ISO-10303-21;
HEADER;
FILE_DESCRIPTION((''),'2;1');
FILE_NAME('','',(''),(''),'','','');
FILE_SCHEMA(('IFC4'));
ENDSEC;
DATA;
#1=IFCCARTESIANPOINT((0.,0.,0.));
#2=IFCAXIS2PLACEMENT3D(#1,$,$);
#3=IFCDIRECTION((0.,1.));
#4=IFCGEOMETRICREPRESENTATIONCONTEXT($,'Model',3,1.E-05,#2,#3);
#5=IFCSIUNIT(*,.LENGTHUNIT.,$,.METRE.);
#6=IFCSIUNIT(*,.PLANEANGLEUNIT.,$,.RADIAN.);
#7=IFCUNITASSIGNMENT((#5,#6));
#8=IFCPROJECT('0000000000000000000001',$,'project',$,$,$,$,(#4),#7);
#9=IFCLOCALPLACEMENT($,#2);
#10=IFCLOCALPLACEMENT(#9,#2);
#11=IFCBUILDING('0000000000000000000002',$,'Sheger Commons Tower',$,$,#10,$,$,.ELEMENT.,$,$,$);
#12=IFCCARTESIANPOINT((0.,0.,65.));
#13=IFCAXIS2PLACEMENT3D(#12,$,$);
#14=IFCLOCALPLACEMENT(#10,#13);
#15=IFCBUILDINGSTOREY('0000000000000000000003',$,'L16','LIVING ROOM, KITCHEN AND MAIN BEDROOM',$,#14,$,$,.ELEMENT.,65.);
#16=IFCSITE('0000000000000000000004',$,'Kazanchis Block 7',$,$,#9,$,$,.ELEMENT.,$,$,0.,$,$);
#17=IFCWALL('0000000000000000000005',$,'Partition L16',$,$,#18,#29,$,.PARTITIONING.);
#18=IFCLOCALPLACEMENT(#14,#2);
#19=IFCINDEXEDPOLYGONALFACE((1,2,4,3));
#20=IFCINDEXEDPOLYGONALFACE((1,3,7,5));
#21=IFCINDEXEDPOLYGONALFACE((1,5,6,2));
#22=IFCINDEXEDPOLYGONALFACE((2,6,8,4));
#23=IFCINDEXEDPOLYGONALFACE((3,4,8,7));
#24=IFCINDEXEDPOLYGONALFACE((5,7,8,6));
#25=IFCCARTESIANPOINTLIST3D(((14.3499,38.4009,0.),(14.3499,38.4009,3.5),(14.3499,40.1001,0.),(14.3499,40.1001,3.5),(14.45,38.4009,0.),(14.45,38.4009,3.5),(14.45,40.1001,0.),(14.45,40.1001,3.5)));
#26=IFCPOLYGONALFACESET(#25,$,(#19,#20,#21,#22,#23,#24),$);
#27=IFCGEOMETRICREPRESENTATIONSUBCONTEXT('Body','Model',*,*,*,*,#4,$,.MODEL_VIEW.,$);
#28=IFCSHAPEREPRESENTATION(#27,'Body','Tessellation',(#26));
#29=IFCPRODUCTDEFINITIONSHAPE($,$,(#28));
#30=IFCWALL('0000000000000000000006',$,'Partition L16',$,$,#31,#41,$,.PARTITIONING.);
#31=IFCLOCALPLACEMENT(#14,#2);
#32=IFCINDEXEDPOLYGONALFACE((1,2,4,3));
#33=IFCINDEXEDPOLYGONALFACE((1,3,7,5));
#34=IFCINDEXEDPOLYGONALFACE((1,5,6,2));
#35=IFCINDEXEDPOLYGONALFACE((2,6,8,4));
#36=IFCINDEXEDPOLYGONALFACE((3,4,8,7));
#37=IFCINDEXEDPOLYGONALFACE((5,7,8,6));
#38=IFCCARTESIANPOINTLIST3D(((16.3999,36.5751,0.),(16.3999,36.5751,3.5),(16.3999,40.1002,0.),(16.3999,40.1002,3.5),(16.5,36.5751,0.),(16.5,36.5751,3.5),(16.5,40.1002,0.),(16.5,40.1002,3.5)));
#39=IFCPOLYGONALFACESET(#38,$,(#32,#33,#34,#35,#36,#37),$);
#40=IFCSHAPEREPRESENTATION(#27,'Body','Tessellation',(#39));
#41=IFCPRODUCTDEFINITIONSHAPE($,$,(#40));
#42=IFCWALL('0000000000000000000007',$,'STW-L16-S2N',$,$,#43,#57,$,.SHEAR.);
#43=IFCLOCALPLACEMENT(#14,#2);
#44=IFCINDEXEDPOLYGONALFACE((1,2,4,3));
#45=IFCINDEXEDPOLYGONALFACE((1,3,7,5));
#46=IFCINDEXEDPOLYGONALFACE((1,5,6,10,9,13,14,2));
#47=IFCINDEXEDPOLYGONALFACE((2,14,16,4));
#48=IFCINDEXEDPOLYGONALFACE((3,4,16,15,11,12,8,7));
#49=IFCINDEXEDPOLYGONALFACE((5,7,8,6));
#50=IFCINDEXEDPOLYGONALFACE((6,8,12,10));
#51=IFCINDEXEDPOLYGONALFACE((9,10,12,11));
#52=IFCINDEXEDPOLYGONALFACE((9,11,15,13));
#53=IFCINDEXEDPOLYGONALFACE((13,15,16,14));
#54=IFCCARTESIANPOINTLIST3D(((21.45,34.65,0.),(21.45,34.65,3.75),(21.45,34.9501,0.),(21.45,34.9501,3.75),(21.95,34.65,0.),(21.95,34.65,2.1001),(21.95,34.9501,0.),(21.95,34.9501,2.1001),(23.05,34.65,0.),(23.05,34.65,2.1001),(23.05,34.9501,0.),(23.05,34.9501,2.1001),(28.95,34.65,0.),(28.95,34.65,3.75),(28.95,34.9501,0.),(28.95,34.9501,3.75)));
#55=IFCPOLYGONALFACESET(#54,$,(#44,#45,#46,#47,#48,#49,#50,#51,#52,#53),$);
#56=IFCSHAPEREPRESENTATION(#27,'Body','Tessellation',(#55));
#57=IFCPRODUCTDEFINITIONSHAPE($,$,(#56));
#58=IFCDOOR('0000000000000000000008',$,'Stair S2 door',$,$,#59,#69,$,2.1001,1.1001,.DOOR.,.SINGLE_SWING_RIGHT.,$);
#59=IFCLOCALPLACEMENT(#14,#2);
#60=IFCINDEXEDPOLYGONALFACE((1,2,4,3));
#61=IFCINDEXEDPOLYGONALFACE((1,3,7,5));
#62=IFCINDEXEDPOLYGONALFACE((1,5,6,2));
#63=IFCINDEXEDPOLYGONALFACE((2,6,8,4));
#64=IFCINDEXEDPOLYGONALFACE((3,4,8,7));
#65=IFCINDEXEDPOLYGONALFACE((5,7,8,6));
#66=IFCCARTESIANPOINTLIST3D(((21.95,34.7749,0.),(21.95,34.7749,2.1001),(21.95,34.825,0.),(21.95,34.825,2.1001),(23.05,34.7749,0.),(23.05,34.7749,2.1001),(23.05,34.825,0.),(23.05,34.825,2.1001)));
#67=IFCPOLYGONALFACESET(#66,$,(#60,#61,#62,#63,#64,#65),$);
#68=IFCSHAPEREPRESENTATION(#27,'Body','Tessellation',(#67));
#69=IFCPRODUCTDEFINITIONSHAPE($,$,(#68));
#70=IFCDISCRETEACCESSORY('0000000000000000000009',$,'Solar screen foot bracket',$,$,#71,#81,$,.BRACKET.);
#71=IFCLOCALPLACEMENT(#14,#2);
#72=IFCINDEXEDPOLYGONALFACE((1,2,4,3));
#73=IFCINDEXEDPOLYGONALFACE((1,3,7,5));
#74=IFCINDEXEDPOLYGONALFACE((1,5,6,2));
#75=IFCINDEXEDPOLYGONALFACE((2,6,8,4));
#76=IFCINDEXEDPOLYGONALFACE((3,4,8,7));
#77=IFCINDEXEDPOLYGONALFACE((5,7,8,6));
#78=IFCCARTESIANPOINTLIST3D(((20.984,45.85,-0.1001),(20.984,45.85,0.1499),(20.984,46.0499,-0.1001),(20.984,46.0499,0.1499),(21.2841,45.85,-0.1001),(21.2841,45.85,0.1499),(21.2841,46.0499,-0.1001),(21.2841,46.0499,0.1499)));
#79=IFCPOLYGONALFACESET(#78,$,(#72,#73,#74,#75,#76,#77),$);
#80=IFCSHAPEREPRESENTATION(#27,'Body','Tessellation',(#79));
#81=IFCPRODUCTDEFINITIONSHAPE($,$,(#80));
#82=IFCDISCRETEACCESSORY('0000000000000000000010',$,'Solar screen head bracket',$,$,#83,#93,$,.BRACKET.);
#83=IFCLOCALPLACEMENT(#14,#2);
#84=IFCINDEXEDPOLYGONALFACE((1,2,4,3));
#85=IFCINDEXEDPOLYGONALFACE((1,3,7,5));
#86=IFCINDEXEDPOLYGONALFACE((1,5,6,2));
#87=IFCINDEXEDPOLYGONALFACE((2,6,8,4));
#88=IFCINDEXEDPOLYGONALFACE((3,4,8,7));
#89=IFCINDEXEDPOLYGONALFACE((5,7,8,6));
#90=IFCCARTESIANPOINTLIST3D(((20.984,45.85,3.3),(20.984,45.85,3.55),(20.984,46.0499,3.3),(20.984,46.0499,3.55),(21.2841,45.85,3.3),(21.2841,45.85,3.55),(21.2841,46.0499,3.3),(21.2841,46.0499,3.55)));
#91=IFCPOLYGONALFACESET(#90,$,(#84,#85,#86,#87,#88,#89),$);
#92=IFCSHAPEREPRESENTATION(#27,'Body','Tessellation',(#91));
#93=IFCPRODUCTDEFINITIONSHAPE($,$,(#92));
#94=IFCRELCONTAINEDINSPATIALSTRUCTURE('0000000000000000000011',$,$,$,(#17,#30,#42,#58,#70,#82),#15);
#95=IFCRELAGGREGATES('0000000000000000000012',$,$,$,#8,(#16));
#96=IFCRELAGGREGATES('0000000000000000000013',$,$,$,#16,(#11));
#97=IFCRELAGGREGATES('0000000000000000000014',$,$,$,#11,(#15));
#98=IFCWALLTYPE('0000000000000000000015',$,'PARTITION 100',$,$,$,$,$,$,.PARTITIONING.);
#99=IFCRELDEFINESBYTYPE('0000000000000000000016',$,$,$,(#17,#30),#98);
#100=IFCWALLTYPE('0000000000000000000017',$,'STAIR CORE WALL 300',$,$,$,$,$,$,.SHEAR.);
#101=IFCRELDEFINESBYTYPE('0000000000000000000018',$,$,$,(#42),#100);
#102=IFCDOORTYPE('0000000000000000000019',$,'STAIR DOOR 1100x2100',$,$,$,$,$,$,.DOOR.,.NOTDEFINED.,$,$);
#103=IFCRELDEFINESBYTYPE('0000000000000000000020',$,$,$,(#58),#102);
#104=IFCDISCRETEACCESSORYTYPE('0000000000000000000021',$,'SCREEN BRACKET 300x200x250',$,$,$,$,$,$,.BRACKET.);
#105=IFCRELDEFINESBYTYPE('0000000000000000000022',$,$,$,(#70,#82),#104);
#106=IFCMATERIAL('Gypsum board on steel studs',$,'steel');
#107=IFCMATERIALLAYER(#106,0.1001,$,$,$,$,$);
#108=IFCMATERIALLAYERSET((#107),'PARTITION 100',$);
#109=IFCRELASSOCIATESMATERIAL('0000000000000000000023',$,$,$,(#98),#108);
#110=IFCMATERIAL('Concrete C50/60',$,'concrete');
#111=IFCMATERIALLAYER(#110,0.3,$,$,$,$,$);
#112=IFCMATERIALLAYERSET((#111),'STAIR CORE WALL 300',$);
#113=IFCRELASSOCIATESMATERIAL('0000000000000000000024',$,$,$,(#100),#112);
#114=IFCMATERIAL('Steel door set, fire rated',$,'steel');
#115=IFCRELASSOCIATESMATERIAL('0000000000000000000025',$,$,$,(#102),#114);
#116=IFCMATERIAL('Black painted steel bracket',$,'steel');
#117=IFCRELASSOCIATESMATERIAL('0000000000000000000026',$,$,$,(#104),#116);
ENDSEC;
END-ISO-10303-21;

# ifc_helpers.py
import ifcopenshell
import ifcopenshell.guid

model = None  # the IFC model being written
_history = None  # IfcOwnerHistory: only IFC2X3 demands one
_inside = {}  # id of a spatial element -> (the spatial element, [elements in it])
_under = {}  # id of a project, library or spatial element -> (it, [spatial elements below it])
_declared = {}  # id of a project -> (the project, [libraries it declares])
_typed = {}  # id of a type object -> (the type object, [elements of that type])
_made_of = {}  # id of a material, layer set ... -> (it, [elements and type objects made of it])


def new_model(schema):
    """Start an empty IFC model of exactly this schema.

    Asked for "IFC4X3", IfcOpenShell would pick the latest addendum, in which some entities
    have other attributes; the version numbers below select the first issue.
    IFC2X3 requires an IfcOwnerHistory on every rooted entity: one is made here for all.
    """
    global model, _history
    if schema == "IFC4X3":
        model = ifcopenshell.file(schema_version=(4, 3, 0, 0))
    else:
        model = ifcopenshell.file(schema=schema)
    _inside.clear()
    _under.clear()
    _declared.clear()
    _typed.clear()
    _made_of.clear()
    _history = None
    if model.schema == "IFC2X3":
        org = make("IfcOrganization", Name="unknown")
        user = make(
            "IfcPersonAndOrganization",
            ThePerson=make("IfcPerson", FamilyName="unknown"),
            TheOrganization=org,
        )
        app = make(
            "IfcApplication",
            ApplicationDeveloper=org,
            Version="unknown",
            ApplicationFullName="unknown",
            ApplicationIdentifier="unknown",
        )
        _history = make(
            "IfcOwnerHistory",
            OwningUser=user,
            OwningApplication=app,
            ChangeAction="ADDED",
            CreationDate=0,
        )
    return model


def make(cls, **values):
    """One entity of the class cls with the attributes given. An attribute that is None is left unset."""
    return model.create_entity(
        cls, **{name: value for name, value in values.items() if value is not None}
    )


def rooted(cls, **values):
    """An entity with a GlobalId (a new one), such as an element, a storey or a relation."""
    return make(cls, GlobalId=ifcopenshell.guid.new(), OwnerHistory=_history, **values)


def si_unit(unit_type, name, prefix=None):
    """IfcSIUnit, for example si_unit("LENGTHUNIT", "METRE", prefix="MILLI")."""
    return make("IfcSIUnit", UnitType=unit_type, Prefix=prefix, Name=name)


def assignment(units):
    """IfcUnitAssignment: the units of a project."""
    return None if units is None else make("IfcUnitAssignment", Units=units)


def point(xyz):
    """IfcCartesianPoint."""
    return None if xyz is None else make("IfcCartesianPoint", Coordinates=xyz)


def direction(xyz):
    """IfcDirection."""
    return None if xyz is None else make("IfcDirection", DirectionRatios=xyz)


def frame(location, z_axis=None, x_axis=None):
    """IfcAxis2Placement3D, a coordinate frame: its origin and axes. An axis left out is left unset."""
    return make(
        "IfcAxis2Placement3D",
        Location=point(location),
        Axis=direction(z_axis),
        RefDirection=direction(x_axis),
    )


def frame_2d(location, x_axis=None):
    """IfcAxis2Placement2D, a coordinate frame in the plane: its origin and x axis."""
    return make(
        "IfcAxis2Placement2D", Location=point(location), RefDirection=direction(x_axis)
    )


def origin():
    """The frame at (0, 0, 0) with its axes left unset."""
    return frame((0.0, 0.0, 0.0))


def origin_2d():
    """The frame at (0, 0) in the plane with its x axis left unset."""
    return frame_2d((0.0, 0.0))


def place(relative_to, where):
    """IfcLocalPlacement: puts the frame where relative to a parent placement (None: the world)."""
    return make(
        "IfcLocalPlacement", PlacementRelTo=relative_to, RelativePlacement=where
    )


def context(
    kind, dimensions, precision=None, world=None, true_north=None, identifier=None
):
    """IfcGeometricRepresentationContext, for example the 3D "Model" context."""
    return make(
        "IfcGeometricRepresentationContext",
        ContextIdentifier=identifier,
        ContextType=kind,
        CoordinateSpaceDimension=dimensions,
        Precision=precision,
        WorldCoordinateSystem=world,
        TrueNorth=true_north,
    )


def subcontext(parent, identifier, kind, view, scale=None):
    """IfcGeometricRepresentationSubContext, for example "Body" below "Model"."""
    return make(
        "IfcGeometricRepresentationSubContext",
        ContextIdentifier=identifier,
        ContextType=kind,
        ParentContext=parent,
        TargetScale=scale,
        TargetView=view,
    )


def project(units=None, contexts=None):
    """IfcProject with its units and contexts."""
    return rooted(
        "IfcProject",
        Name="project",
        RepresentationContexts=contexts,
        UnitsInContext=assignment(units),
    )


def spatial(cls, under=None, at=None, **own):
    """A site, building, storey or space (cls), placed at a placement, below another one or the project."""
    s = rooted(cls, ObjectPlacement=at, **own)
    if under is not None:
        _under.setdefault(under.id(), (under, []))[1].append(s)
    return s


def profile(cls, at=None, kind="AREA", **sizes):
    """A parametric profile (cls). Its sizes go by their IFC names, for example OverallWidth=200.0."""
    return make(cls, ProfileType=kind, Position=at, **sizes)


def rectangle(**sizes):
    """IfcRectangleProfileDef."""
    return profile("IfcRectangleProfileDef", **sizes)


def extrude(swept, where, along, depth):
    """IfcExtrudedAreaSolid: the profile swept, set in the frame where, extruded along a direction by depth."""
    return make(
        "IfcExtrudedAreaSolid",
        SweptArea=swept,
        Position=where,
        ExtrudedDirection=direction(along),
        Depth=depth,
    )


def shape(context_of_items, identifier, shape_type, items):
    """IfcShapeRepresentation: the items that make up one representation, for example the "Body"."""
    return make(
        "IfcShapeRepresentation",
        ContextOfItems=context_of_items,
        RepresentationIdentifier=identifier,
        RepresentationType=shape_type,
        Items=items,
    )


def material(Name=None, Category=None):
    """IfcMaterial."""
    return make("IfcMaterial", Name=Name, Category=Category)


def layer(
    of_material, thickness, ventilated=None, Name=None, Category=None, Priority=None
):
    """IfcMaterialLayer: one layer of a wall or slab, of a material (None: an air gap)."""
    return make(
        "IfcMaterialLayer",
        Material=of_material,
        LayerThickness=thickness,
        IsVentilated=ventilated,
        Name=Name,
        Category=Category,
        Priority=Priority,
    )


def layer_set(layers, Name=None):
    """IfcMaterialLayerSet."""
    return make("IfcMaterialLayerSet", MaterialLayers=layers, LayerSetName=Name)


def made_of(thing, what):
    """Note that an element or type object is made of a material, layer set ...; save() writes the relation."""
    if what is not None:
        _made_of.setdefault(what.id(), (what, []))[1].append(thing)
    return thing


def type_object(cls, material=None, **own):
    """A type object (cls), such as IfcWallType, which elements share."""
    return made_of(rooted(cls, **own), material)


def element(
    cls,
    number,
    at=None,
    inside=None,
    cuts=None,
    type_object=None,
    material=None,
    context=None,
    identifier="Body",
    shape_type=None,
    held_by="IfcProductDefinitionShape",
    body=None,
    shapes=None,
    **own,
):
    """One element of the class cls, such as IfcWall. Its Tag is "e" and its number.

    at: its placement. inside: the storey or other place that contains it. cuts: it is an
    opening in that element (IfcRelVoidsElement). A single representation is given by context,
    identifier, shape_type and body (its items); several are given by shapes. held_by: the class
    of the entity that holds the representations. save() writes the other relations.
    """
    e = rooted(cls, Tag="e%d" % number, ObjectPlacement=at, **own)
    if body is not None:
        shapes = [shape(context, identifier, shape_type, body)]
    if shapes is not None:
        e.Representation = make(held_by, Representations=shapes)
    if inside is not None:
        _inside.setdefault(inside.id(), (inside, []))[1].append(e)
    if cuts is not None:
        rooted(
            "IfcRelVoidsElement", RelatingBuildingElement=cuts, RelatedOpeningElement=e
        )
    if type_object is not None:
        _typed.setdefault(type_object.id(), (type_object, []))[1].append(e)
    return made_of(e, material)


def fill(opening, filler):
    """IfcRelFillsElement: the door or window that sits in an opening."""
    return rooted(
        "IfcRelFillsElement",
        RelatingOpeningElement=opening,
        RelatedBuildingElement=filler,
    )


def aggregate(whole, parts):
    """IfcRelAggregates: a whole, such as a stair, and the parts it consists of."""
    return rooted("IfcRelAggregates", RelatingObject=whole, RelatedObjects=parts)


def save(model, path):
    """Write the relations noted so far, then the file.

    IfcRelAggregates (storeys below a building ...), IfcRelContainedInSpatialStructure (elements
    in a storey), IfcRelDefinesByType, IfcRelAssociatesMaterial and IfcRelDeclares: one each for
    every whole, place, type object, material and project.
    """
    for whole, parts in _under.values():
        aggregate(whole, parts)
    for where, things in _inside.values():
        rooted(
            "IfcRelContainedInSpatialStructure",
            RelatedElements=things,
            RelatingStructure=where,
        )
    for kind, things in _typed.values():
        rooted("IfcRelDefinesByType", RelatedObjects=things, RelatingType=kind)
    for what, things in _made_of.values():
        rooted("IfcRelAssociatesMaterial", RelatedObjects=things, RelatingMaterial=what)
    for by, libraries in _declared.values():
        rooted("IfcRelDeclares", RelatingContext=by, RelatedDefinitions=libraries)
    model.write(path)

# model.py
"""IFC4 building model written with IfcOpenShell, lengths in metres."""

from ifc_helpers import new_model, si_unit, direction, frame, frame_2d, origin, origin_2d, place, context, subcontext, project, spatial, rectangle, extrude, material, layer, layer_set, type_object, element, fill, save


model = new_model("IFC4")

# Units and contexts
model_context = context("Model", 3, precision=1e-05, world=origin(), true_north=direction((0.0, 1.0)))
body_context = subcontext(model_context, "Body", "Model", "MODEL_VIEW")
ifc_project = project(units=[si_unit("LENGTHUNIT", "METRE"), si_unit("PLANEANGLEUNIT", "RADIAN")], contexts=[model_context])

# Site, building, storey
site_placement = place(None, origin())
site = spatial("IfcSite", under=ifc_project, at=site_placement, Name="Kazanchis Block 7", CompositionType="ELEMENT", RefElevation=0.0)
building_placement = place(site_placement, origin())
building = spatial("IfcBuilding", under=site, at=building_placement, Name="Sheger Commons Tower", CompositionType="ELEMENT")
storey_placement = place(building_placement, frame((0.0, 0.0, 65.0)))
storey = spatial("IfcBuildingStorey", under=building, at=storey_placement, Name="L16", Description="LIVING ROOM, KITCHEN AND MAIN BEDROOM", CompositionType="ELEMENT", Elevation=65.0)

# Shared definitions
ifc_material_1 = material(Name="Gypsum board on steel studs", Category="steel")
ifc_layer_1 = layer(ifc_material_1, 0.1001)
ifc_layer_set_1 = layer_set([ifc_layer_1], Name="PARTITION 100")
wall_type_1 = type_object("IfcWallType", Name="PARTITION 100", PredefinedType="PARTITIONING", material=ifc_layer_set_1)

# Walls
wall_1_placement = place(storey_placement, frame((14.3999, 38.4009, 0.0), z_axis=(0.0, 0.0, 1.0), x_axis=(0.0, 1.0, 0.0)))
element("IfcWall", 1, at=wall_1_placement, inside=storey, type_object=wall_type_1, Name="Partition L16", PredefinedType="PARTITIONING", context=body_context, shape_type="SweptSolid", body=[
    extrude(rectangle(XDim=1.6992, YDim=0.1001, at=frame_2d((0.8496, 0.0))), origin(), (0.0, 0.0, 1.0), 3.5),
])
wall_2_placement = place(storey_placement, frame((16.45, 36.575, 0.0), z_axis=(0.0, 0.0, 1.0), x_axis=(0.0, 1.0, 0.0)))
element("IfcWall", 2, at=wall_2_placement, inside=storey, type_object=wall_type_1, Name="Partition L16", PredefinedType="PARTITIONING", context=body_context, shape_type="SweptSolid", body=[
    extrude(rectangle(XDim=3.5251, YDim=0.1001, at=frame_2d((1.7627, 0.0))), origin(), (0.0, 0.0, 1.0), 3.5),
])

# Wall, opening, door
ifc_material_2 = material(Name="Concrete C50/60", Category="concrete")
ifc_layer_2 = layer(ifc_material_2, 0.3)
ifc_layer_set_2 = layer_set([ifc_layer_2], Name="STAIR CORE WALL 300")
wall_type_2 = type_object("IfcWallType", Name="STAIR CORE WALL 300", PredefinedType="SHEAR", material=ifc_layer_set_2)
wall_3_placement = place(storey_placement, frame((21.45, 34.8, 0.0), z_axis=(0.0, 0.0, 1.0), x_axis=(1.0, 0.0, 0.0)))
wall_3 = element("IfcWall", 3, at=wall_3_placement, inside=storey, type_object=wall_type_2, Name="STW-L16-S2N", PredefinedType="SHEAR", context=body_context, shape_type="SweptSolid", body=[
    extrude(rectangle(XDim=7.5, YDim=0.3, at=frame_2d((3.75, 0.0))), origin(), (0.0, 0.0, 1.0), 3.75),
])
opening_1_placement = place(wall_3_placement, frame((0.5, 0.0, 0.0)))
opening_1 = element("IfcOpeningElement", 4, at=opening_1_placement, cuts=wall_3, PredefinedType="OPENING", context=body_context, shape_type="SweptSolid", body=[
    extrude(rectangle(XDim=1.1001, YDim=2.1001, at=frame_2d((0.55, 1.05))), frame((0.0, 0.1599, 0.0), z_axis=(0.0, -1.0, 0.0), x_axis=(1.0, 0.0, 0.0)), (0.0, 0.0, 1.0), 0.3201),
])
ifc_material_3 = material(Name="Steel door set, fire rated", Category="steel")
door_type_1 = type_object("IfcDoorType", Name="STAIR DOOR 1100x2100", OperationType="NOTDEFINED", PredefinedType="DOOR", material=ifc_material_3)
door_1_placement = place(opening_1_placement, origin())
door_1 = element("IfcDoor", 5, at=door_1_placement, inside=storey, type_object=door_type_1, Name="Stair S2 door", OperationType="SINGLE_SWING_RIGHT", OverallHeight=2.1001, OverallWidth=1.1001, PredefinedType="DOOR", context=body_context, shape_type="SweptSolid", body=[
    extrude(rectangle(XDim=1.1001, YDim=2.1001, at=frame_2d((0.55, 1.05))), frame((0.0, 0.0249, 0.0), z_axis=(0.0, -1.0, 0.0), x_axis=(1.0, 0.0, 0.0)), (0.0, 0.0, 1.0), 0.05),
])
fill(opening_1, door_1)

# Discrete accessories
ifc_material_4 = material(Name="Black painted steel bracket", Category="steel")
discrete_accessory_type = type_object("IfcDiscreteAccessoryType", Name="SCREEN BRACKET 300x200x250", PredefinedType="BRACKET", material=ifc_material_4)
for number, where, z_axis, x_axis, name in (
    (6, (21.134, 45.95, -0.1001), (0.0, 0.0, 1.0), (-1.0, 0.0, 0.0), "Solar screen foot bracket"),
    (7, (21.134, 45.95, 3.3), (0.0, 0.0, 1.0), (-1.0, 0.0, 0.0), "Solar screen head bracket"),
):
    element("IfcDiscreteAccessory", number, at=place(storey_placement, frame(where, z_axis=z_axis, x_axis=x_axis)), inside=storey, type_object=discrete_accessory_type, Name=name, PredefinedType="BRACKET", context=body_context, shape_type="SweptSolid", body=[
        extrude(rectangle(XDim=0.3, YDim=0.2, at=origin_2d()), origin(), (0.0, 0.0, 1.0), 0.25),
    ])

save(model, "model.ifc")
